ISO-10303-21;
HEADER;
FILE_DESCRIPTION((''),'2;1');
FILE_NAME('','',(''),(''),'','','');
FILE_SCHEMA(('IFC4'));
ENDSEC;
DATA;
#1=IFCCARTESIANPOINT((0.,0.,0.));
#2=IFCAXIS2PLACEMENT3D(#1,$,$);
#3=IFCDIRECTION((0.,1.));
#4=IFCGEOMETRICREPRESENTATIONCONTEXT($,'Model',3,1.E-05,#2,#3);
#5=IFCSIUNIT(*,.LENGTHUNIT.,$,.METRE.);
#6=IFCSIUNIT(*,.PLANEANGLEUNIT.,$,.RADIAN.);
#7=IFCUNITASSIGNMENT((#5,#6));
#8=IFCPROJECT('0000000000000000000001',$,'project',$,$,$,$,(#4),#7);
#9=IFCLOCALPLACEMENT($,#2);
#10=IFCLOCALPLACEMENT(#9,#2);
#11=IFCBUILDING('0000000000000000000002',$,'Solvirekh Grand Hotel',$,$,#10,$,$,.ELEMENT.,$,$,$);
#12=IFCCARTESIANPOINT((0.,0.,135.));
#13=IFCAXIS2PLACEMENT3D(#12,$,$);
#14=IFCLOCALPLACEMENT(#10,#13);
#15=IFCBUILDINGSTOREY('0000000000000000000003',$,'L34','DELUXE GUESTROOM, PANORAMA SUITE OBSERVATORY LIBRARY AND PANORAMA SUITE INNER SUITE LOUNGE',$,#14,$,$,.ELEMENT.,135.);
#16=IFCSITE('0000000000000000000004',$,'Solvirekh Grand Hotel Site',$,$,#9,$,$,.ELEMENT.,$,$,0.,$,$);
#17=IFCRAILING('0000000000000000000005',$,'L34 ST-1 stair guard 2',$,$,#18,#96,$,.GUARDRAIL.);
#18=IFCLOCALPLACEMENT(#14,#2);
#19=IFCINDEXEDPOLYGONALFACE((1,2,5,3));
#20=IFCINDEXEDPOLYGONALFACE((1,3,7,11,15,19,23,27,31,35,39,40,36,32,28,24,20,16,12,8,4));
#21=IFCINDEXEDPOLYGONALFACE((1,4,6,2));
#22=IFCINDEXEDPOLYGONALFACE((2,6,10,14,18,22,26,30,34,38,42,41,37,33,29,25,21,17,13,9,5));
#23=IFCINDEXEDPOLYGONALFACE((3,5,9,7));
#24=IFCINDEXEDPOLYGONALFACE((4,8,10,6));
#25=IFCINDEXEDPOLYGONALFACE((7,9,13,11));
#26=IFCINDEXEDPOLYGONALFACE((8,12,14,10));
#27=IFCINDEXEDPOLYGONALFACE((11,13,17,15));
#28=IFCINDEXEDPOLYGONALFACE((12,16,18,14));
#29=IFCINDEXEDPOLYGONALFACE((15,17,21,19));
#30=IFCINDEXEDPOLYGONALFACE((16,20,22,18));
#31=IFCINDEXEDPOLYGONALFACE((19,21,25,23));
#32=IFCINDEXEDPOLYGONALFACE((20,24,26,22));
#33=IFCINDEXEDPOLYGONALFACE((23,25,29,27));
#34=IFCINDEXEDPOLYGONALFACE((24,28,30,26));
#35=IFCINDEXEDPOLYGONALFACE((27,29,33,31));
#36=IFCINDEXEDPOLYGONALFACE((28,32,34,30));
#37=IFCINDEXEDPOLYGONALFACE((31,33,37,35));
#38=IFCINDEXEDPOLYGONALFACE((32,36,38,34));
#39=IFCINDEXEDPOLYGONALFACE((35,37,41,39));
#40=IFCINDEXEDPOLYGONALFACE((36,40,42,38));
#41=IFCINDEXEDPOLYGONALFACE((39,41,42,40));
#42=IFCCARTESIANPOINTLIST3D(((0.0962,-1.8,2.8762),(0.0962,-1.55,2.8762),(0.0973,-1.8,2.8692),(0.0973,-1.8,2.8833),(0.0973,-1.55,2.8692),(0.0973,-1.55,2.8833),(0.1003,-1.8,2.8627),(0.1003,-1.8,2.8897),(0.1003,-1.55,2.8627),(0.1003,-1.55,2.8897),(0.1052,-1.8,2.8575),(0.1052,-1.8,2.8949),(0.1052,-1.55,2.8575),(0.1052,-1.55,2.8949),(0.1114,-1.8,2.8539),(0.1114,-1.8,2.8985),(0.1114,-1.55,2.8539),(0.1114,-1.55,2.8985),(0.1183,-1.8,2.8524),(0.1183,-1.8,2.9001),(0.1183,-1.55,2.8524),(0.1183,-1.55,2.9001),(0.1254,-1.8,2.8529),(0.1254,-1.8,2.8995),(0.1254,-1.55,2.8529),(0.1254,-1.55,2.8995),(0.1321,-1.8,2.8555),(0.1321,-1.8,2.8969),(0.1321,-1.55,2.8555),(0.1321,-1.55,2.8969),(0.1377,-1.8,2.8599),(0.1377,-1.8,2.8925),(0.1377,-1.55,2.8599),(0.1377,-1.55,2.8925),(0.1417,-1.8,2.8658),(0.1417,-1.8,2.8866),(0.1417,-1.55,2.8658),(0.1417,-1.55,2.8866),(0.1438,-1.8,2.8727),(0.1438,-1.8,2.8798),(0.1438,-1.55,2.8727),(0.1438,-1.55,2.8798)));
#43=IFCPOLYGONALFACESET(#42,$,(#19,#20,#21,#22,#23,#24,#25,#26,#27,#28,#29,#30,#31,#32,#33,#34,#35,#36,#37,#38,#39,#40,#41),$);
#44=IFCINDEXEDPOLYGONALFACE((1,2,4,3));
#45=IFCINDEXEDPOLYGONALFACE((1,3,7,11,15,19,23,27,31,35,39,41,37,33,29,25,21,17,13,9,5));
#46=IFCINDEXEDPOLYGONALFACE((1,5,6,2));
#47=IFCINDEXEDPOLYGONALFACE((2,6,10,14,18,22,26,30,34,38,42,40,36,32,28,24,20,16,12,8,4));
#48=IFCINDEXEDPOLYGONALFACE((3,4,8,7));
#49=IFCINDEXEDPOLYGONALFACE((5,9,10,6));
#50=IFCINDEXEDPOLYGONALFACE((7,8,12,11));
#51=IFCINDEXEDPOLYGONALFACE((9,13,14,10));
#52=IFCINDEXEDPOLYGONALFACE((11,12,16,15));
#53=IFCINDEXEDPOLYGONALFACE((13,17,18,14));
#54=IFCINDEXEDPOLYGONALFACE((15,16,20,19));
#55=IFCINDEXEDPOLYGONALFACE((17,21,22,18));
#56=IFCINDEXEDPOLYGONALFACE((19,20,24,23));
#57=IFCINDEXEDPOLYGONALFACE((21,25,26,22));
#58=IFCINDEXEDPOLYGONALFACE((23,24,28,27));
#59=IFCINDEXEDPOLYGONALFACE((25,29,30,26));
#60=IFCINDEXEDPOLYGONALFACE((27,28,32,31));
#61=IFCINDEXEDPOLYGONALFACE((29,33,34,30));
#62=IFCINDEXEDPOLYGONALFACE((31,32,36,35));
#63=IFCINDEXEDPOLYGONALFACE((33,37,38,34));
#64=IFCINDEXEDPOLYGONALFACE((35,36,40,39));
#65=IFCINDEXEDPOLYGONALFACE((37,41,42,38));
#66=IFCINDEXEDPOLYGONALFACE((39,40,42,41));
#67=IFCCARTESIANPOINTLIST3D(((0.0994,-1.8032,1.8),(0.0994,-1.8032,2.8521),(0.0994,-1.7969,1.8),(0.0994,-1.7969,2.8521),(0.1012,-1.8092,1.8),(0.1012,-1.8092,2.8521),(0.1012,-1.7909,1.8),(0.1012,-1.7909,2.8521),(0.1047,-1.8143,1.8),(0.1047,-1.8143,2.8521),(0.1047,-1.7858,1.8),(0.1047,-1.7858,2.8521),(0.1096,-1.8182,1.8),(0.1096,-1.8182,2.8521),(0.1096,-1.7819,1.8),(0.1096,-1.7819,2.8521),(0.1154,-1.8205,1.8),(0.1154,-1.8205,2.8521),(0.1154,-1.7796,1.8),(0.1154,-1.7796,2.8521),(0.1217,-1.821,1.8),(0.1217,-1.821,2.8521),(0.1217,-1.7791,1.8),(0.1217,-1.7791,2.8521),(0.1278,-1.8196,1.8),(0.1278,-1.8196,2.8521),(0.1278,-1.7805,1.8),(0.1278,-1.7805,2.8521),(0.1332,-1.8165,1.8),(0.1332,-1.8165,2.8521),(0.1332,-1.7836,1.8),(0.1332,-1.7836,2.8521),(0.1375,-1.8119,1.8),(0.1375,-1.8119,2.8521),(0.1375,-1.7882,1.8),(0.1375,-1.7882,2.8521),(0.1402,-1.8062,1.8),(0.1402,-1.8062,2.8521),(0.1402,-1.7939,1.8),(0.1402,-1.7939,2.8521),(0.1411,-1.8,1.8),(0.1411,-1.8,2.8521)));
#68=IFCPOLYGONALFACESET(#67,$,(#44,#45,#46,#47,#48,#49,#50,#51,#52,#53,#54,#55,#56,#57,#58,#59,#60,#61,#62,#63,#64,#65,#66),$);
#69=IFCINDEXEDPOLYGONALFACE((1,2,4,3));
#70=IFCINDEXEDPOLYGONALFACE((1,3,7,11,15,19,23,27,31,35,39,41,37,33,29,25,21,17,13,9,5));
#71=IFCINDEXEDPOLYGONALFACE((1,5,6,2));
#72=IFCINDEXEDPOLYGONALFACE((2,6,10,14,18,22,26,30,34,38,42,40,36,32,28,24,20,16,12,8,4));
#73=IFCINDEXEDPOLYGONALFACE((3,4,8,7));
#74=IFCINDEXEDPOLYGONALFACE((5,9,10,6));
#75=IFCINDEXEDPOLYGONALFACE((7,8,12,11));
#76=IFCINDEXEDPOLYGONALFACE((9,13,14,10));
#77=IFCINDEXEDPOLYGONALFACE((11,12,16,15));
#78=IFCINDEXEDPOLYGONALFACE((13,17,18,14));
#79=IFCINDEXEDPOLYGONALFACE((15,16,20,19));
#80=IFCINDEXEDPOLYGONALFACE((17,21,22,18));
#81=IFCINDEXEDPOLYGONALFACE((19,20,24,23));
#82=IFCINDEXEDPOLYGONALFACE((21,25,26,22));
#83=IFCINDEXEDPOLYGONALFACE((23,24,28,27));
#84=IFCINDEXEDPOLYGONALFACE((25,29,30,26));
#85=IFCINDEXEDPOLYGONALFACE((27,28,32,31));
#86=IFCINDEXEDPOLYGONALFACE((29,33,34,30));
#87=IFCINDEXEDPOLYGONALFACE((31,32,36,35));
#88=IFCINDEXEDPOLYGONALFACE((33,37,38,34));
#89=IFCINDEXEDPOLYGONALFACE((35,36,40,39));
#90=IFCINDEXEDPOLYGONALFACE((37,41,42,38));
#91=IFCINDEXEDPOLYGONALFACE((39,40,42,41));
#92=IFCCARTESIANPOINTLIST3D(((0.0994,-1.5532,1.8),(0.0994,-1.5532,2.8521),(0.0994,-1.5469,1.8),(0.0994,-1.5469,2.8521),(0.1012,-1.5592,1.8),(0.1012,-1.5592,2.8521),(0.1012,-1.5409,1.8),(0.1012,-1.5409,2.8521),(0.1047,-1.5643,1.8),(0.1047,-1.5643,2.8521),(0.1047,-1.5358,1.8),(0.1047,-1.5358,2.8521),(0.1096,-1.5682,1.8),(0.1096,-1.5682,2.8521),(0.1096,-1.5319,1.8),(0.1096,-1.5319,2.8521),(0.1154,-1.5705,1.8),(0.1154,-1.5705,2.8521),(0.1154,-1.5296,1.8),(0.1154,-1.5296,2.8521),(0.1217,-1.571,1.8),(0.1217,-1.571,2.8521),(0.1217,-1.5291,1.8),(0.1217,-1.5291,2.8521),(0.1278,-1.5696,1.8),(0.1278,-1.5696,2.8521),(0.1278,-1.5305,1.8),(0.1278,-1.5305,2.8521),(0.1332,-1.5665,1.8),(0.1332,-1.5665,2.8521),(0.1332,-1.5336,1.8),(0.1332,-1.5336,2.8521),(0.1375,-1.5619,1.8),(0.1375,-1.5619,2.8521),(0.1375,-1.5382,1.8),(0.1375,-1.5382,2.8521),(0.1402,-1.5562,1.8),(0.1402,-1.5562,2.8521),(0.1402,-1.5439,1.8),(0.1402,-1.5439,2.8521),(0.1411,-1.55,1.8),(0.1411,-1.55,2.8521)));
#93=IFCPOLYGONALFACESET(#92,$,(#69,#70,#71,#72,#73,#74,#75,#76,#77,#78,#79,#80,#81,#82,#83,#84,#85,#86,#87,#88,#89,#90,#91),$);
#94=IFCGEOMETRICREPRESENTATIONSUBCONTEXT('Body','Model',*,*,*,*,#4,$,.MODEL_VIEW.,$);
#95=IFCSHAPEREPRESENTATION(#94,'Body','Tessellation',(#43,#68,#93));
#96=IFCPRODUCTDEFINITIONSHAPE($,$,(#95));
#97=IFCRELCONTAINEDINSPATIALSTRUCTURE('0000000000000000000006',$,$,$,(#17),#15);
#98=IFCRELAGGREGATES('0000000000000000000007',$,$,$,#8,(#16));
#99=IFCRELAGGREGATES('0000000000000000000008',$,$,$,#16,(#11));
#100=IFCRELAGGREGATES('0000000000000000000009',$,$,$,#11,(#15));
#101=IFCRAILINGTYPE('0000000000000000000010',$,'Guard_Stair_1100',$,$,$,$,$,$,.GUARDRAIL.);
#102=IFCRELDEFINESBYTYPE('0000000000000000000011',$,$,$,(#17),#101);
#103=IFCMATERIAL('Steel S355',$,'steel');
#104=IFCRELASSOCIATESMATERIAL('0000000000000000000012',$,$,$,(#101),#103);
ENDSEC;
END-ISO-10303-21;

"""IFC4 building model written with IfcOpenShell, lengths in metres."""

from ifc_helpers import new_model, si_unit, direction, frame, origin, origin_2d, place, context, subcontext, project, spatial, circle, extrude, material, type_object, element, save


model = new_model("IFC4")

# Units and contexts
model_context = context("Model", 3, precision=1e-05, world=origin(), true_north=direction((0.0, 1.0)))
body_context = subcontext(model_context, "Body", "Model", "MODEL_VIEW")
ifc_project = project(units=[si_unit("LENGTHUNIT", "METRE"), si_unit("PLANEANGLEUNIT", "RADIAN")], contexts=[model_context])

# Site, building, storey
site_placement = place(None, origin())
site = spatial("IfcSite", under=ifc_project, at=site_placement, Name="Solvirekh Grand Hotel Site", CompositionType="ELEMENT", RefElevation=0.0)
building_placement = place(site_placement, origin())
building = spatial("IfcBuilding", under=site, at=building_placement, Name="Solvirekh Grand Hotel", CompositionType="ELEMENT")
storey_placement = place(building_placement, frame((0.0, 0.0, 135.0)))
storey = spatial("IfcBuildingStorey", under=building, at=storey_placement, Name="L34", Description="DELUXE GUESTROOM, PANORAMA SUITE OBSERVATORY LIBRARY AND PANORAMA SUITE INNER SUITE LOUNGE", CompositionType="ELEMENT", Elevation=135.0)

# Shared definitions
ifc_material_1 = material(Name="Steel S355", Category="steel")

# Railing
railing_type = type_object("IfcRailingType", Name="Guard_Stair_1100", PredefinedType="GUARDRAIL", material=ifc_material_1)
railing_1_placement = place(storey_placement, frame((0.1201, -1.8, 1.8)))
element("IfcRailing", 1, at=railing_1_placement, inside=storey, type_object=railing_type, Name="L34 ST-1 stair guard 2", PredefinedType="GUARDRAIL", context=body_context, shape_type="SweptSolid", body=[
    extrude(circle(Radius=0.0239, at=origin_2d()), frame((0.0, 0.0, 1.0762), z_axis=(0.0, 1.0, 0.0), x_axis=(-1.0, 0.0, 0.0)), (0.0, 0.0, 1.0), 0.25),
    extrude(circle(Radius=0.021, at=origin_2d()), origin(), (0.0, 0.0, 1.0), 1.052),
    extrude(circle(Radius=0.021, at=origin_2d()), frame((0.0, 0.25, 0.0)), (0.0, 0.0, 1.0), 1.052),
])

save(model, "model.ifc")
